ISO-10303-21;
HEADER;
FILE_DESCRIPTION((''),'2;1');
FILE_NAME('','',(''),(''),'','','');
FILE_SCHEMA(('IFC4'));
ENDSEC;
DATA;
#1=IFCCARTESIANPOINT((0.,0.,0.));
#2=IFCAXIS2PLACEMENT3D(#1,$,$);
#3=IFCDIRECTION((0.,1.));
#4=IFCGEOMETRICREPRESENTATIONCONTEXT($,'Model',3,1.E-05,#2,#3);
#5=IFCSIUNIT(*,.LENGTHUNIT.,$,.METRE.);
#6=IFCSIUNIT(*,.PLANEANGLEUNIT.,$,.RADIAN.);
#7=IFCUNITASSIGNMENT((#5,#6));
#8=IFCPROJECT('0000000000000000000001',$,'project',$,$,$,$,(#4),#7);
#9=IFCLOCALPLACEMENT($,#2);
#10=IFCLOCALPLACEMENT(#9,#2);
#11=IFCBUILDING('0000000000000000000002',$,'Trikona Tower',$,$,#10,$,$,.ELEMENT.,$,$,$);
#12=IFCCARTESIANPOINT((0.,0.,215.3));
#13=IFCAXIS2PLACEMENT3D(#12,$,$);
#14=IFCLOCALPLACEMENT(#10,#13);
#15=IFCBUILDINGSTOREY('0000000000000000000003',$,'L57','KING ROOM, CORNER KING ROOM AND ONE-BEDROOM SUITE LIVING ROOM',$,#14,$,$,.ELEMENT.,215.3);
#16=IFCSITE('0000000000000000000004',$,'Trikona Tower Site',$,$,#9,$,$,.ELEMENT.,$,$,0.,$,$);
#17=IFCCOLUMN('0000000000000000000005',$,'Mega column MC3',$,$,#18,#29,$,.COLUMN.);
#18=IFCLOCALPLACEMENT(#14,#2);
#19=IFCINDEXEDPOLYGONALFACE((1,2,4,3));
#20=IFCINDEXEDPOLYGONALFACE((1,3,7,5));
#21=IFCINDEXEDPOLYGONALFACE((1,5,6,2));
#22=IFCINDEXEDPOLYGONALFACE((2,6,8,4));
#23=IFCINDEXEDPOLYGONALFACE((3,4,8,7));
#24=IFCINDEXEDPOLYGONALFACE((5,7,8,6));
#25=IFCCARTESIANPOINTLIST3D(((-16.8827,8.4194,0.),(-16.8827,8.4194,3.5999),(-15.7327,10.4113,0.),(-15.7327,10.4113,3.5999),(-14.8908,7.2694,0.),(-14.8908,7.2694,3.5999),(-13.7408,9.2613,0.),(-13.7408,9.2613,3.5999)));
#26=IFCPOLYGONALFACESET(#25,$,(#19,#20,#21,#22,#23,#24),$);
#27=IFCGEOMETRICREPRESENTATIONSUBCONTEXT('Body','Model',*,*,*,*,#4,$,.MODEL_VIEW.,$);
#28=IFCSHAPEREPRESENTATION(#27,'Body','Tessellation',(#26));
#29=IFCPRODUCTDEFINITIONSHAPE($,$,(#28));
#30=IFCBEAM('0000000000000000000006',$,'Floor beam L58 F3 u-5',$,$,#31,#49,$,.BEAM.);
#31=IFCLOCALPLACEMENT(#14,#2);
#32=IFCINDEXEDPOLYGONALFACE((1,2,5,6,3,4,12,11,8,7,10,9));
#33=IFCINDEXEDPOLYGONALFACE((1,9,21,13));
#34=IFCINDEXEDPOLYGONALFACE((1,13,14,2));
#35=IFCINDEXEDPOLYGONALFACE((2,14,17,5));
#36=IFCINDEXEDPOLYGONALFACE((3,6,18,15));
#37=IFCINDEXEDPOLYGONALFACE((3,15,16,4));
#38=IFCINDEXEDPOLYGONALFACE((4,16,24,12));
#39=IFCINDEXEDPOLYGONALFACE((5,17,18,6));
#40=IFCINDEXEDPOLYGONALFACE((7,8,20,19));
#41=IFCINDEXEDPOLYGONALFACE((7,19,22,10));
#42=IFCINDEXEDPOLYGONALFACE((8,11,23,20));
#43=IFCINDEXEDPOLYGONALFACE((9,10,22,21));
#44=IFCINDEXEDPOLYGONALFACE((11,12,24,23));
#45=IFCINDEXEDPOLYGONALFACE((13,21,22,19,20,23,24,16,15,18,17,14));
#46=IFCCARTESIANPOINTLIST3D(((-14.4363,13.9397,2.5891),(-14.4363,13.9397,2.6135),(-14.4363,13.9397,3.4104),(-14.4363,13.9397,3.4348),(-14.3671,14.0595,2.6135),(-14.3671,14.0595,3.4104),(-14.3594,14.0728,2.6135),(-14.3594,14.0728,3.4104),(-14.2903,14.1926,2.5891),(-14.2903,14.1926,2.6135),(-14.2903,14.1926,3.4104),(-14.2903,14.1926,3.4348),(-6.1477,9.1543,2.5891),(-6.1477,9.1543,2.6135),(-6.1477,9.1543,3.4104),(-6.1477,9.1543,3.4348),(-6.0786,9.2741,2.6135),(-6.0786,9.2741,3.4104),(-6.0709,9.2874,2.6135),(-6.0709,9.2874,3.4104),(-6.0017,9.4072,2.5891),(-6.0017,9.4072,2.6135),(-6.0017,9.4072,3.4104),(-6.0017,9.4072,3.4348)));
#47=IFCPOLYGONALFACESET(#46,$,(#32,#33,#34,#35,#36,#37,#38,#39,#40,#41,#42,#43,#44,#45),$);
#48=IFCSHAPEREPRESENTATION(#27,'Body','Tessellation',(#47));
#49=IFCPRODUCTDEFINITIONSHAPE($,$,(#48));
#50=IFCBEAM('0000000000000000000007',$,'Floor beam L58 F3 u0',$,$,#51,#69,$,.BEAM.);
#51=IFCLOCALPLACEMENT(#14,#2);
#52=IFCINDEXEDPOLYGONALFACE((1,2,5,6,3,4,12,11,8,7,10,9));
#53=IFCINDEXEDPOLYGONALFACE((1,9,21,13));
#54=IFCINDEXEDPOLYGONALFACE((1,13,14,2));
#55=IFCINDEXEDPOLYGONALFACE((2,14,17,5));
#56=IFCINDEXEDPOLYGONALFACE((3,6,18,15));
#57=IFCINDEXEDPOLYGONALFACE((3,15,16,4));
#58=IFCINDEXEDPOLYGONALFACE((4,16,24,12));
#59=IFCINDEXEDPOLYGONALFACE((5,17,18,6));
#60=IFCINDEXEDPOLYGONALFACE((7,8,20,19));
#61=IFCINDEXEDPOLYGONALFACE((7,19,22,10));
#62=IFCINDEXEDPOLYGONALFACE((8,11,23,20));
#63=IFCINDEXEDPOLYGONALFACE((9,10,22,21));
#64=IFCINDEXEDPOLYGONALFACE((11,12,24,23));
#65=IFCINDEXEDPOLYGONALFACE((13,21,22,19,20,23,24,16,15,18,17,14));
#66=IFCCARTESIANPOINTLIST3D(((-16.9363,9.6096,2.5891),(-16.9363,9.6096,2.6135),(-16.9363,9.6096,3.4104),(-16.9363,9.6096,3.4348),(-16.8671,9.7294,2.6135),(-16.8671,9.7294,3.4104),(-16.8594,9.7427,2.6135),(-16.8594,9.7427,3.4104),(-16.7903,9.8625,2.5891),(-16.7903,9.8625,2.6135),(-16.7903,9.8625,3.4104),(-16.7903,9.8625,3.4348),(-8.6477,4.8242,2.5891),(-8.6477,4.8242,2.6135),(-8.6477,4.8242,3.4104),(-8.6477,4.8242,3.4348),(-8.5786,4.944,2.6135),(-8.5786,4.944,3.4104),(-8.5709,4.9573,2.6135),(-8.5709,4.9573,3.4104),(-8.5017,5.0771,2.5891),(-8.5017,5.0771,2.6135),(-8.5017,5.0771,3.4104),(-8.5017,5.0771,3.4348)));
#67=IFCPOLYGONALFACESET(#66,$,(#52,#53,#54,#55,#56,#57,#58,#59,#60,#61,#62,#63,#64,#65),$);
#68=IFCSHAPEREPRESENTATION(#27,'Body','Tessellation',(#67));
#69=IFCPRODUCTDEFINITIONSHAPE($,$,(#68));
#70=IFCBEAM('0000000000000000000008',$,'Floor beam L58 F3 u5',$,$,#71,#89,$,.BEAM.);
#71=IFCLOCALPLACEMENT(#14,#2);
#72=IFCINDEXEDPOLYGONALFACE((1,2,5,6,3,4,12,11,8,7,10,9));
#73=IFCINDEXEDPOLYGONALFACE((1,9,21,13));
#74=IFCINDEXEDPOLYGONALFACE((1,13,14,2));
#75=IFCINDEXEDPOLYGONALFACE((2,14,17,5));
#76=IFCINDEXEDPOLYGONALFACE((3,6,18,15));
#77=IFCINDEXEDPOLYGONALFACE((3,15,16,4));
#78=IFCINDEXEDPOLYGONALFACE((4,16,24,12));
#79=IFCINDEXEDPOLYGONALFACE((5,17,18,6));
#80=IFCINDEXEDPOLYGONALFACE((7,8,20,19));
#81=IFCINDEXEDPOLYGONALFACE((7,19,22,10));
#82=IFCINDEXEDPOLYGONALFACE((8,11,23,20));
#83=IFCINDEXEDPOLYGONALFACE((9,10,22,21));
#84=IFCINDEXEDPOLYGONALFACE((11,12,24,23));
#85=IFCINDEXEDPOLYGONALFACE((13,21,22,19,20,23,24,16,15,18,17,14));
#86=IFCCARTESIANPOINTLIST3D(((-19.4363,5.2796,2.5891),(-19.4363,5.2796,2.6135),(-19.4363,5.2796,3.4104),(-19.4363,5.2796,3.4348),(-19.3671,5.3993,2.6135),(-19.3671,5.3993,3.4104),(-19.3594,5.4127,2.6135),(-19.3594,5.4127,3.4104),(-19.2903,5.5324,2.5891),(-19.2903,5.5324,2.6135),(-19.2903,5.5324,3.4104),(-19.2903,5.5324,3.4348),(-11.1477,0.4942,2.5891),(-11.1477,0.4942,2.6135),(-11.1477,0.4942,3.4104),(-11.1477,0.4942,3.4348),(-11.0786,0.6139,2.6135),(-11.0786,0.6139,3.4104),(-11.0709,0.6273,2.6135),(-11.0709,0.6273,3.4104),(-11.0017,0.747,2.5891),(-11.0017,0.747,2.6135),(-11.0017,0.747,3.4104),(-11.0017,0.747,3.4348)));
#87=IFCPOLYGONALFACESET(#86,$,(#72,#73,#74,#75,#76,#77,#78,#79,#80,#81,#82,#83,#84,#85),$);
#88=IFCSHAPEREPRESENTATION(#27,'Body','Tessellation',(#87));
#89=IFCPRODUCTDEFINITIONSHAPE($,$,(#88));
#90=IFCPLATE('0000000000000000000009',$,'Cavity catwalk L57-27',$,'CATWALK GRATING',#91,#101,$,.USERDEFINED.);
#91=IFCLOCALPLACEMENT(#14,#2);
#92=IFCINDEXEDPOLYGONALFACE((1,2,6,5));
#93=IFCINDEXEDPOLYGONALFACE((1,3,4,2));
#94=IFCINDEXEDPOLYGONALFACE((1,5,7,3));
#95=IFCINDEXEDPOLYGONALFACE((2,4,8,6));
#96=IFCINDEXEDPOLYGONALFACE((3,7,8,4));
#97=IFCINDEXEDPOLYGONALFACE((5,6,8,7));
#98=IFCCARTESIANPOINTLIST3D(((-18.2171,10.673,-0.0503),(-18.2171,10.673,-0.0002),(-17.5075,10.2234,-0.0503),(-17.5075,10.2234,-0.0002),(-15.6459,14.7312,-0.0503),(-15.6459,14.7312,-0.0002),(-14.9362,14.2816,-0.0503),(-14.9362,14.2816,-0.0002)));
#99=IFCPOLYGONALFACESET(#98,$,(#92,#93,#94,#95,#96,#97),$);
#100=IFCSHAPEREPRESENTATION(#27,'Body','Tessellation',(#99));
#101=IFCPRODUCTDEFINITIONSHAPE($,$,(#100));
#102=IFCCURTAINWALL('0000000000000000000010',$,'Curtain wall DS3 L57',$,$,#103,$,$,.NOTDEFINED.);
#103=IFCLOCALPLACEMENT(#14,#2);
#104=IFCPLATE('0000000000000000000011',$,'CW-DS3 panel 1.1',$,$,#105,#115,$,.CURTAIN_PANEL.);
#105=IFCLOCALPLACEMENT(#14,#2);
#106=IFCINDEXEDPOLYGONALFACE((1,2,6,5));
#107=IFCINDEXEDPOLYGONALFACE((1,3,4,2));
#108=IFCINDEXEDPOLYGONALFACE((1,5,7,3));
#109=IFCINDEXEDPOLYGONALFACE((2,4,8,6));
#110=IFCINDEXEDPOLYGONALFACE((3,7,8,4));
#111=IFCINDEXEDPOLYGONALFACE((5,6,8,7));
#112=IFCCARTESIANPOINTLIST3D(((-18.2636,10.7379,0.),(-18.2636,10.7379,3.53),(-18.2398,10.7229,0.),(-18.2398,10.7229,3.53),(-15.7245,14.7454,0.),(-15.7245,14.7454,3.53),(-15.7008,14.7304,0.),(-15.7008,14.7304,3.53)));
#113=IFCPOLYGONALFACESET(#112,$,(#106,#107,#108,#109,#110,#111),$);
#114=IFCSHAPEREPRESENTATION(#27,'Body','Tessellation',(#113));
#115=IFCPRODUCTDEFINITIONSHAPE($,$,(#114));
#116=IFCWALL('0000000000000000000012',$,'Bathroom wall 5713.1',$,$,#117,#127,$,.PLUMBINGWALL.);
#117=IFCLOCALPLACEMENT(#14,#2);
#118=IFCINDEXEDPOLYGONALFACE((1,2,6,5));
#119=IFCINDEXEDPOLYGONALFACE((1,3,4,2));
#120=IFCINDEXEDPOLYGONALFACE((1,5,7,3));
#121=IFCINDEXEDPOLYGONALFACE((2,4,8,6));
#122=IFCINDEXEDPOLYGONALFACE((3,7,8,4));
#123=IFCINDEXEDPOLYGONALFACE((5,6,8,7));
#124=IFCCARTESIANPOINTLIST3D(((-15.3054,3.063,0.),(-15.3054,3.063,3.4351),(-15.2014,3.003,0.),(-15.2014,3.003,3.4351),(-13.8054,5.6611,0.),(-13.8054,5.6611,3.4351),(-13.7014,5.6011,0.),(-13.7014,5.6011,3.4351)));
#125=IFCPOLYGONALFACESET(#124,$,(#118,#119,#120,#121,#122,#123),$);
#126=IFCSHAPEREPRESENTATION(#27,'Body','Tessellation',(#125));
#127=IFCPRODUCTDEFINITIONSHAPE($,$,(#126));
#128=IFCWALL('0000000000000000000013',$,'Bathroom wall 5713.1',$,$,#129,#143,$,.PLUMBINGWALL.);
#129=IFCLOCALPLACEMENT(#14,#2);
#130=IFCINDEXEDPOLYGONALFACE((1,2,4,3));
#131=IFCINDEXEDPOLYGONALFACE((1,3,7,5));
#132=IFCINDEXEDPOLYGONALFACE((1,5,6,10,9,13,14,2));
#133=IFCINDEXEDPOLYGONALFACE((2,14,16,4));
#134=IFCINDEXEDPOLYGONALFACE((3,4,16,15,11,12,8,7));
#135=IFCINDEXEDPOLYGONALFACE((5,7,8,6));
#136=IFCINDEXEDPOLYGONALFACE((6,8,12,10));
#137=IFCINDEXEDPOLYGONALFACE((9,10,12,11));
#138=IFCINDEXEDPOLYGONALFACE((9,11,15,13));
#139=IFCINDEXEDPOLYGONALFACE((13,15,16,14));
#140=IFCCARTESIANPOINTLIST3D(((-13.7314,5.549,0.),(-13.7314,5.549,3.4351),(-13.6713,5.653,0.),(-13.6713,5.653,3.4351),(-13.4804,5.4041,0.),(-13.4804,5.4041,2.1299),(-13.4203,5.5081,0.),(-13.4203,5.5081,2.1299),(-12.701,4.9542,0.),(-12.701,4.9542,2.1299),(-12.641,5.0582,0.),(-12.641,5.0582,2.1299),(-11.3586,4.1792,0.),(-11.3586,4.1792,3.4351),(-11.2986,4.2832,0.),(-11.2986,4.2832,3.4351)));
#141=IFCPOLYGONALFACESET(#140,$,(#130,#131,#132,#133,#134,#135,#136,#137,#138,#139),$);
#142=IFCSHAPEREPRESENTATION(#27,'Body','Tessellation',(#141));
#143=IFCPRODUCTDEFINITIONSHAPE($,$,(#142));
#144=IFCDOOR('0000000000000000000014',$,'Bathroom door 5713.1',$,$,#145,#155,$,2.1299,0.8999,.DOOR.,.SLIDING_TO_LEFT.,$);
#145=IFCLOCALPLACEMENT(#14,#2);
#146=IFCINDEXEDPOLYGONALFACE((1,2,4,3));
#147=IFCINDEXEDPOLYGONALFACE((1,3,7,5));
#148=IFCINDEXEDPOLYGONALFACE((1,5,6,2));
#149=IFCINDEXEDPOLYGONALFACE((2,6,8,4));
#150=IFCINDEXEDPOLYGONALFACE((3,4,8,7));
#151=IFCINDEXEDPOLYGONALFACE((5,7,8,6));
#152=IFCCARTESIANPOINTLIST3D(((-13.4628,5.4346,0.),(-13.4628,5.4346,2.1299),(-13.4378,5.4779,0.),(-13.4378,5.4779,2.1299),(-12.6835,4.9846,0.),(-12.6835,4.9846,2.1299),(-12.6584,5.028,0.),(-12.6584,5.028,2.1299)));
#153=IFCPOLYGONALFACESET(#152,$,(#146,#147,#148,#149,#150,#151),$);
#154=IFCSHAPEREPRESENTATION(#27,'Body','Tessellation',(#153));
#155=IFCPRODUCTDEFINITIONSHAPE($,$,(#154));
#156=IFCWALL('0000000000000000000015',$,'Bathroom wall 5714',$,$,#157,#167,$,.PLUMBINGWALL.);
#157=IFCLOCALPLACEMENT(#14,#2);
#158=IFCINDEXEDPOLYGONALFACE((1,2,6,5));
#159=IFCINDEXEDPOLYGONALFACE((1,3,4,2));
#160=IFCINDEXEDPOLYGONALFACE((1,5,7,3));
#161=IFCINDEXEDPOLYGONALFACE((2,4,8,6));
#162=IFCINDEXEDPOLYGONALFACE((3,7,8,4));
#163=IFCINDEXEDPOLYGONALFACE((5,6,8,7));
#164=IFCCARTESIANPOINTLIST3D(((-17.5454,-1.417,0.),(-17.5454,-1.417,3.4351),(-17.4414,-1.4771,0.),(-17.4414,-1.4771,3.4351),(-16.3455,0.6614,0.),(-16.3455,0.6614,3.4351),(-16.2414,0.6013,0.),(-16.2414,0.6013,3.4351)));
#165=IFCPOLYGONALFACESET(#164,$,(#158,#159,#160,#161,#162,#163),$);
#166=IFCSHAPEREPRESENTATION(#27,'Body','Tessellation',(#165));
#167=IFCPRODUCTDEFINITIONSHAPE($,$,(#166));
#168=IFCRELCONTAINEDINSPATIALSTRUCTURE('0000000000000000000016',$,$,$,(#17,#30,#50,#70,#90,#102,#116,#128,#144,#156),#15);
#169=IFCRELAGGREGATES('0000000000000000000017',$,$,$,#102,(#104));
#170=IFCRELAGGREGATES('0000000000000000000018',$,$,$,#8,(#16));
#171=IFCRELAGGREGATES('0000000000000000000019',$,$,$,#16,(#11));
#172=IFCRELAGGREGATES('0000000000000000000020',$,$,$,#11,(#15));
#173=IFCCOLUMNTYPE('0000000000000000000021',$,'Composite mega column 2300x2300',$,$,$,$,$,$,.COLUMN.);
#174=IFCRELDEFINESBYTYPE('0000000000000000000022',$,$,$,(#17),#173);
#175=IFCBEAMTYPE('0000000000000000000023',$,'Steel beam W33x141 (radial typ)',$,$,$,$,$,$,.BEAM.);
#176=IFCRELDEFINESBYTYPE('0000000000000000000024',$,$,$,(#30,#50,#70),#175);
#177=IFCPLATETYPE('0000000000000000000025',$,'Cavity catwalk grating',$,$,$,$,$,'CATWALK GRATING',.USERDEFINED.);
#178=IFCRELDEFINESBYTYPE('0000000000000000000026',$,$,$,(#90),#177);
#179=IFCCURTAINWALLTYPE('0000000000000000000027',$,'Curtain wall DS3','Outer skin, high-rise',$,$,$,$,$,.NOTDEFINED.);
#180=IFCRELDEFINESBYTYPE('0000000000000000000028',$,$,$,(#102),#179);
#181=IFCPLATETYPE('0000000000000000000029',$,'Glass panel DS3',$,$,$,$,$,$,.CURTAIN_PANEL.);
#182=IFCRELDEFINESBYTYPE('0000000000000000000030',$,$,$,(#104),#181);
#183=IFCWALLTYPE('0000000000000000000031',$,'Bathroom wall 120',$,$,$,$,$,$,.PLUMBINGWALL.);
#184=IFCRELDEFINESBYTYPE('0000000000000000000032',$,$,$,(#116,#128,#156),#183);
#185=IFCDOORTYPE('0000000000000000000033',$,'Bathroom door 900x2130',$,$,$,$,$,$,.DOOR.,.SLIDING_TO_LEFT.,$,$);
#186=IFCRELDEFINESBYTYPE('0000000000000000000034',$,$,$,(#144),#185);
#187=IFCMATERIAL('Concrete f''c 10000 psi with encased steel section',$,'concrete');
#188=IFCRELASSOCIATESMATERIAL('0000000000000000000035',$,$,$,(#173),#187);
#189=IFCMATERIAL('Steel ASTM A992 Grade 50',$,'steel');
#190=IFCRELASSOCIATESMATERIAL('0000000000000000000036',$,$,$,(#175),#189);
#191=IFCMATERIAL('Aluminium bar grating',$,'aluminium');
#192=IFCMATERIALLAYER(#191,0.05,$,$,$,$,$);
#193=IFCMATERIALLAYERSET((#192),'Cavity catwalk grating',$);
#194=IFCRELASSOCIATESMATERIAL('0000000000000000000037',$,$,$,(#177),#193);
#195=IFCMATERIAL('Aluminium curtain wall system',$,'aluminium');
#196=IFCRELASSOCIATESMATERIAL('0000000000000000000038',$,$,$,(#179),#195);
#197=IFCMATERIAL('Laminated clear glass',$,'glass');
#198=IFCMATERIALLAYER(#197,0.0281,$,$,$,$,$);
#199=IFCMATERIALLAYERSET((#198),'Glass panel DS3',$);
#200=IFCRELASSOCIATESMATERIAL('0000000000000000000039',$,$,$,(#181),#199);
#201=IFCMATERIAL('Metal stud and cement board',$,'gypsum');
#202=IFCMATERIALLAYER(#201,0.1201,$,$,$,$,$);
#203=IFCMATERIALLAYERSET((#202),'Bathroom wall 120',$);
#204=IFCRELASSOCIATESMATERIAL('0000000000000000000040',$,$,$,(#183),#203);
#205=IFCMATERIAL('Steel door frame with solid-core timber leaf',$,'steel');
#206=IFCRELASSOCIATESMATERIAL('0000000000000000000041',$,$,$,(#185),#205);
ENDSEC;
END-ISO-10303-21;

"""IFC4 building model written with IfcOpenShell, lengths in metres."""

from ifc_helpers import new_model, si_unit, direction, frame, frame_2d, origin, origin_2d, place, context, subcontext, project, spatial, rectangle, i_section, extrude, material, layer, layer_set, material_profile, profile_set, type_object, element, fill, aggregate, save


model = new_model("IFC4")

# Units and contexts
model_context = context("Model", 3, precision=1e-05, world=origin(), true_north=direction((0.0, 1.0)))
body_context = subcontext(model_context, "Body", "Model", "MODEL_VIEW")
ifc_project = project(units=[si_unit("LENGTHUNIT", "METRE"), si_unit("PLANEANGLEUNIT", "RADIAN")], contexts=[model_context])

# Site, building, storey
site_placement = place(None, origin())
site = spatial("IfcSite", under=ifc_project, at=site_placement, Name="Trikona Tower Site", CompositionType="ELEMENT", RefElevation=0.0)
building_placement = place(site_placement, origin())
building = spatial("IfcBuilding", under=site, at=building_placement, Name="Trikona Tower", CompositionType="ELEMENT")
storey_placement = place(building_placement, frame((0.0, 0.0, 215.3)))
storey = spatial("IfcBuildingStorey", under=building, at=storey_placement, Name="L57", Description="KING ROOM, CORNER KING ROOM AND ONE-BEDROOM SUITE LIVING ROOM", CompositionType="ELEMENT", Elevation=215.3)

# Column
ifc_material_1 = material(Name="Concrete f'c 10000 psi with encased steel section", Category="concrete")
ifc_material_profile_1 = material_profile(ifc_material_1, rectangle(XDim=2.3, YDim=2.3, at=origin_2d()), Name="MC2300")
ifc_profile_set_1 = profile_set([ifc_material_profile_1], Name="Concrete f'c 10000 psi with encased steel section")
column_type = type_object("IfcColumnType", Name="Composite mega column 2300x2300", PredefinedType="COLUMN", material=ifc_profile_set_1)
column_placement = place(storey_placement, frame((-15.3118, 8.8403, 0.0), z_axis=(0.0, 0.0, 1.0), x_axis=(-0.866025, 0.5, 0.0)))
element("IfcColumn", 1, at=column_placement, inside=storey, type_object=column_type, Name="Mega column MC3", PredefinedType="COLUMN", context=body_context, shape_type="SweptSolid", body=[
    extrude(rectangle(XDim=2.3, YDim=2.3, at=origin_2d()), origin(), (0.0, 0.0, 1.0), 3.5999),
])

# Beams
ifc_material_2 = material(Name="Steel ASTM A992 Grade 50", Category="steel")
ifc_material_profile_2 = material_profile(ifc_material_2, i_section(OverallWidth=0.292, OverallDepth=0.8457, WebThickness=0.0154, FlangeThickness=0.0244, at=origin_2d()), Name="W33X141")
ifc_profile_set_2 = profile_set([ifc_material_profile_2], Name="Steel ASTM A992 Grade 50")
beam_type = type_object("IfcBeamType", Name="Steel beam W33x141 (radial typ)", PredefinedType="BEAM", material=ifc_profile_set_2)
for number, where, z_axis, x_axis, name in (
    (2, (-6.0747, 9.2808, 3.012), (-0.866026, 0.499999, 0.0), (-0.499999, -0.866026, 0.0), "Floor beam L58 F3 u-5"),
    (3, (-8.5747, 4.9507, 3.012), (-0.866026, 0.499999, 0.0), (-0.499999, -0.866026, 0.0), "Floor beam L58 F3 u0"),
    (4, (-11.0747, 0.6206, 3.012), (-0.866026, 0.499999, 0.0), (-0.499999, -0.866026, 0.0), "Floor beam L58 F3 u5"),
):
    element("IfcBeam", number, at=place(storey_placement, frame(where, z_axis=z_axis, x_axis=x_axis)), inside=storey, type_object=beam_type, Name=name, PredefinedType="BEAM", context=body_context, shape_type="SweptSolid", body=[
        extrude(i_section(OverallWidth=0.292, OverallDepth=0.8457, WebThickness=0.0154, FlangeThickness=0.0244, at=origin_2d()), origin(), (0.0, 0.0, 1.0), 9.5708),
    ])

# Plate
ifc_material_3 = material(Name="Aluminium bar grating", Category="aluminium")
ifc_layer_1 = layer(ifc_material_3, 0.05)
ifc_layer_set_1 = layer_set([ifc_layer_1], Name="Cavity catwalk grating")
plate_type_1 = type_object("IfcPlateType", Name="Cavity catwalk grating", ElementType="CATWALK GRATING", PredefinedType="USERDEFINED", material=ifc_layer_set_1)
plate_1_placement = place(storey_placement, frame((-16.5767, 12.4773, -0.0503), z_axis=(0.0, 0.0, 1.0), x_axis=(-0.535205, -0.844722, 0.0)))
element("IfcPlate", 5, at=plate_1_placement, inside=storey, type_object=plate_type_1, Name="Cavity catwalk L57-27", ObjectType="CATWALK GRATING", PredefinedType="USERDEFINED", context=body_context, shape_type="SweptSolid", body=[
    extrude(rectangle(XDim=4.8042, YDim=0.8401, at=origin_2d()), origin(), (0.0, 0.0, 1.0), 0.05),
])

# Curtain wall, plate
ifc_material_4 = material(Name="Aluminium curtain wall system", Category="aluminium")
curtain_wall_type = type_object("IfcCurtainWallType", Name="Curtain wall DS3", Description="Outer skin, high-rise", PredefinedType="NOTDEFINED", material=ifc_material_4)
curtain_wall_placement = place(storey_placement, origin())
curtain_wall = element("IfcCurtainWall", 6, at=curtain_wall_placement, inside=storey, type_object=curtain_wall_type, Name="Curtain wall DS3 L57", PredefinedType="NOTDEFINED")
ifc_material_5 = material(Name="Laminated clear glass", Category="glass")
ifc_layer_2 = layer(ifc_material_5, 0.0281)
ifc_layer_set_2 = layer_set([ifc_layer_2], Name="Glass panel DS3")
plate_type_2 = type_object("IfcPlateType", Name="Glass panel DS3", PredefinedType="CURTAIN_PANEL", material=ifc_layer_set_2)
plate_2_placement = place(storey_placement, frame((-16.9822, 12.7341, 0.0), z_axis=(0.0, 0.0, 1.0), x_axis=(-0.535197, -0.844727, 0.0)))
plate_2 = element("IfcPlate", 7, at=plate_2_placement, type_object=plate_type_2, Name="CW-DS3 panel 1.1", PredefinedType="CURTAIN_PANEL", context=body_context, shape_type="SweptSolid", body=[
    extrude(rectangle(XDim=4.7441, YDim=0.0281, at=origin_2d()), origin(), (0.0, 0.0, 1.0), 3.53),
])
aggregate(curtain_wall, [plate_2])

# Wall
ifc_material_6 = material(Name="Metal stud and cement board", Category="gypsum")
ifc_layer_3 = layer(ifc_material_6, 0.1201)
ifc_layer_set_3 = layer_set([ifc_layer_3], Name="Bathroom wall 120")
wall_type_1 = type_object("IfcWallType", Name="Bathroom wall 120", PredefinedType="PLUMBINGWALL", material=ifc_layer_set_3)
wall_1_placement = place(storey_placement, frame((-13.7534, 5.6311, 0.0), z_axis=(0.0, 0.0, 1.0), x_axis=(-0.49999, -0.866031, 0.0)))
element("IfcWall", 8, at=wall_1_placement, inside=storey, type_object=wall_type_1, Name="Bathroom wall 5713.1", PredefinedType="PLUMBINGWALL", context=body_context, shape_type="SweptSolid", body=[
    extrude(rectangle(XDim=3.0, YDim=0.1201, at=frame_2d((1.5, 0.0))), origin(), (0.0, 0.0, 1.0), 3.4351),
])

# Wall, opening, door
wall_2_placement = place(storey_placement, frame((-11.3286, 4.2312, 0.0), z_axis=(0.0, 0.0, 1.0), x_axis=(-0.866036, 0.499982, 0.0)))
wall_2 = element("IfcWall", 9, at=wall_2_placement, inside=storey, type_object=wall_type_1, Name="Bathroom wall 5713.1", PredefinedType="PLUMBINGWALL", context=body_context, shape_type="SweptSolid", body=[
    extrude(rectangle(XDim=2.7397, YDim=0.1201, at=frame_2d((1.3699, 0.0))), origin(), (0.0, 0.0, 1.0), 3.4351),
])
opening_1_placement = place(wall_2_placement, frame((1.55, 0.0, 0.0)))
opening_1 = element("IfcOpeningElement", 10, at=opening_1_placement, cuts=wall_2, PredefinedType="OPENING", context=body_context, shape_type="SweptSolid", body=[
    extrude(rectangle(XDim=0.8999, YDim=2.1299, at=frame_2d((0.45, 1.0649))), frame((0.0, 0.0701, 0.0), z_axis=(0.0, -1.0, 0.0), x_axis=(1.0, 0.0, 0.0)), (0.0, 0.0, 1.0), 0.1401),
])
ifc_material_7 = material(Name="Steel door frame with solid-core timber leaf", Category="steel")
door_type_1 = type_object("IfcDoorType", Name="Bathroom door 900x2130", OperationType="SLIDING_TO_LEFT", PredefinedType="DOOR", material=ifc_material_7)
door_1_placement = place(opening_1_placement, origin())
door_1 = element("IfcDoor", 11, at=door_1_placement, inside=storey, type_object=door_type_1, Name="Bathroom door 5713.1", OperationType="SLIDING_TO_LEFT", OverallHeight=2.1299, OverallWidth=0.8999, PredefinedType="DOOR", context=body_context, shape_type="SweptSolid", body=[
    extrude(rectangle(XDim=0.8999, YDim=2.1299, at=frame_2d((0.45, 1.0649))), frame((0.0, 0.0249, 0.0), z_axis=(0.0, -1.0, 0.0), x_axis=(1.0, 0.0, 0.0)), (0.0, 0.0, 1.0), 0.05),
])
fill(opening_1, door_1)

# Wall
wall_3_placement = place(storey_placement, frame((-16.2935, 0.6313, 0.0), z_axis=(0.0, 0.0, 1.0), x_axis=(-0.500001, -0.866025, 0.0)))
element("IfcWall", 12, at=wall_3_placement, inside=storey, type_object=wall_type_1, Name="Bathroom wall 5714", PredefinedType="PLUMBINGWALL", context=body_context, shape_type="SweptSolid", body=[
    extrude(rectangle(XDim=2.3999, YDim=0.1201, at=frame_2d((1.2, 0.0))), origin(), (0.0, 0.0, 1.0), 3.4351),
])

save(model, "model.ifc")
